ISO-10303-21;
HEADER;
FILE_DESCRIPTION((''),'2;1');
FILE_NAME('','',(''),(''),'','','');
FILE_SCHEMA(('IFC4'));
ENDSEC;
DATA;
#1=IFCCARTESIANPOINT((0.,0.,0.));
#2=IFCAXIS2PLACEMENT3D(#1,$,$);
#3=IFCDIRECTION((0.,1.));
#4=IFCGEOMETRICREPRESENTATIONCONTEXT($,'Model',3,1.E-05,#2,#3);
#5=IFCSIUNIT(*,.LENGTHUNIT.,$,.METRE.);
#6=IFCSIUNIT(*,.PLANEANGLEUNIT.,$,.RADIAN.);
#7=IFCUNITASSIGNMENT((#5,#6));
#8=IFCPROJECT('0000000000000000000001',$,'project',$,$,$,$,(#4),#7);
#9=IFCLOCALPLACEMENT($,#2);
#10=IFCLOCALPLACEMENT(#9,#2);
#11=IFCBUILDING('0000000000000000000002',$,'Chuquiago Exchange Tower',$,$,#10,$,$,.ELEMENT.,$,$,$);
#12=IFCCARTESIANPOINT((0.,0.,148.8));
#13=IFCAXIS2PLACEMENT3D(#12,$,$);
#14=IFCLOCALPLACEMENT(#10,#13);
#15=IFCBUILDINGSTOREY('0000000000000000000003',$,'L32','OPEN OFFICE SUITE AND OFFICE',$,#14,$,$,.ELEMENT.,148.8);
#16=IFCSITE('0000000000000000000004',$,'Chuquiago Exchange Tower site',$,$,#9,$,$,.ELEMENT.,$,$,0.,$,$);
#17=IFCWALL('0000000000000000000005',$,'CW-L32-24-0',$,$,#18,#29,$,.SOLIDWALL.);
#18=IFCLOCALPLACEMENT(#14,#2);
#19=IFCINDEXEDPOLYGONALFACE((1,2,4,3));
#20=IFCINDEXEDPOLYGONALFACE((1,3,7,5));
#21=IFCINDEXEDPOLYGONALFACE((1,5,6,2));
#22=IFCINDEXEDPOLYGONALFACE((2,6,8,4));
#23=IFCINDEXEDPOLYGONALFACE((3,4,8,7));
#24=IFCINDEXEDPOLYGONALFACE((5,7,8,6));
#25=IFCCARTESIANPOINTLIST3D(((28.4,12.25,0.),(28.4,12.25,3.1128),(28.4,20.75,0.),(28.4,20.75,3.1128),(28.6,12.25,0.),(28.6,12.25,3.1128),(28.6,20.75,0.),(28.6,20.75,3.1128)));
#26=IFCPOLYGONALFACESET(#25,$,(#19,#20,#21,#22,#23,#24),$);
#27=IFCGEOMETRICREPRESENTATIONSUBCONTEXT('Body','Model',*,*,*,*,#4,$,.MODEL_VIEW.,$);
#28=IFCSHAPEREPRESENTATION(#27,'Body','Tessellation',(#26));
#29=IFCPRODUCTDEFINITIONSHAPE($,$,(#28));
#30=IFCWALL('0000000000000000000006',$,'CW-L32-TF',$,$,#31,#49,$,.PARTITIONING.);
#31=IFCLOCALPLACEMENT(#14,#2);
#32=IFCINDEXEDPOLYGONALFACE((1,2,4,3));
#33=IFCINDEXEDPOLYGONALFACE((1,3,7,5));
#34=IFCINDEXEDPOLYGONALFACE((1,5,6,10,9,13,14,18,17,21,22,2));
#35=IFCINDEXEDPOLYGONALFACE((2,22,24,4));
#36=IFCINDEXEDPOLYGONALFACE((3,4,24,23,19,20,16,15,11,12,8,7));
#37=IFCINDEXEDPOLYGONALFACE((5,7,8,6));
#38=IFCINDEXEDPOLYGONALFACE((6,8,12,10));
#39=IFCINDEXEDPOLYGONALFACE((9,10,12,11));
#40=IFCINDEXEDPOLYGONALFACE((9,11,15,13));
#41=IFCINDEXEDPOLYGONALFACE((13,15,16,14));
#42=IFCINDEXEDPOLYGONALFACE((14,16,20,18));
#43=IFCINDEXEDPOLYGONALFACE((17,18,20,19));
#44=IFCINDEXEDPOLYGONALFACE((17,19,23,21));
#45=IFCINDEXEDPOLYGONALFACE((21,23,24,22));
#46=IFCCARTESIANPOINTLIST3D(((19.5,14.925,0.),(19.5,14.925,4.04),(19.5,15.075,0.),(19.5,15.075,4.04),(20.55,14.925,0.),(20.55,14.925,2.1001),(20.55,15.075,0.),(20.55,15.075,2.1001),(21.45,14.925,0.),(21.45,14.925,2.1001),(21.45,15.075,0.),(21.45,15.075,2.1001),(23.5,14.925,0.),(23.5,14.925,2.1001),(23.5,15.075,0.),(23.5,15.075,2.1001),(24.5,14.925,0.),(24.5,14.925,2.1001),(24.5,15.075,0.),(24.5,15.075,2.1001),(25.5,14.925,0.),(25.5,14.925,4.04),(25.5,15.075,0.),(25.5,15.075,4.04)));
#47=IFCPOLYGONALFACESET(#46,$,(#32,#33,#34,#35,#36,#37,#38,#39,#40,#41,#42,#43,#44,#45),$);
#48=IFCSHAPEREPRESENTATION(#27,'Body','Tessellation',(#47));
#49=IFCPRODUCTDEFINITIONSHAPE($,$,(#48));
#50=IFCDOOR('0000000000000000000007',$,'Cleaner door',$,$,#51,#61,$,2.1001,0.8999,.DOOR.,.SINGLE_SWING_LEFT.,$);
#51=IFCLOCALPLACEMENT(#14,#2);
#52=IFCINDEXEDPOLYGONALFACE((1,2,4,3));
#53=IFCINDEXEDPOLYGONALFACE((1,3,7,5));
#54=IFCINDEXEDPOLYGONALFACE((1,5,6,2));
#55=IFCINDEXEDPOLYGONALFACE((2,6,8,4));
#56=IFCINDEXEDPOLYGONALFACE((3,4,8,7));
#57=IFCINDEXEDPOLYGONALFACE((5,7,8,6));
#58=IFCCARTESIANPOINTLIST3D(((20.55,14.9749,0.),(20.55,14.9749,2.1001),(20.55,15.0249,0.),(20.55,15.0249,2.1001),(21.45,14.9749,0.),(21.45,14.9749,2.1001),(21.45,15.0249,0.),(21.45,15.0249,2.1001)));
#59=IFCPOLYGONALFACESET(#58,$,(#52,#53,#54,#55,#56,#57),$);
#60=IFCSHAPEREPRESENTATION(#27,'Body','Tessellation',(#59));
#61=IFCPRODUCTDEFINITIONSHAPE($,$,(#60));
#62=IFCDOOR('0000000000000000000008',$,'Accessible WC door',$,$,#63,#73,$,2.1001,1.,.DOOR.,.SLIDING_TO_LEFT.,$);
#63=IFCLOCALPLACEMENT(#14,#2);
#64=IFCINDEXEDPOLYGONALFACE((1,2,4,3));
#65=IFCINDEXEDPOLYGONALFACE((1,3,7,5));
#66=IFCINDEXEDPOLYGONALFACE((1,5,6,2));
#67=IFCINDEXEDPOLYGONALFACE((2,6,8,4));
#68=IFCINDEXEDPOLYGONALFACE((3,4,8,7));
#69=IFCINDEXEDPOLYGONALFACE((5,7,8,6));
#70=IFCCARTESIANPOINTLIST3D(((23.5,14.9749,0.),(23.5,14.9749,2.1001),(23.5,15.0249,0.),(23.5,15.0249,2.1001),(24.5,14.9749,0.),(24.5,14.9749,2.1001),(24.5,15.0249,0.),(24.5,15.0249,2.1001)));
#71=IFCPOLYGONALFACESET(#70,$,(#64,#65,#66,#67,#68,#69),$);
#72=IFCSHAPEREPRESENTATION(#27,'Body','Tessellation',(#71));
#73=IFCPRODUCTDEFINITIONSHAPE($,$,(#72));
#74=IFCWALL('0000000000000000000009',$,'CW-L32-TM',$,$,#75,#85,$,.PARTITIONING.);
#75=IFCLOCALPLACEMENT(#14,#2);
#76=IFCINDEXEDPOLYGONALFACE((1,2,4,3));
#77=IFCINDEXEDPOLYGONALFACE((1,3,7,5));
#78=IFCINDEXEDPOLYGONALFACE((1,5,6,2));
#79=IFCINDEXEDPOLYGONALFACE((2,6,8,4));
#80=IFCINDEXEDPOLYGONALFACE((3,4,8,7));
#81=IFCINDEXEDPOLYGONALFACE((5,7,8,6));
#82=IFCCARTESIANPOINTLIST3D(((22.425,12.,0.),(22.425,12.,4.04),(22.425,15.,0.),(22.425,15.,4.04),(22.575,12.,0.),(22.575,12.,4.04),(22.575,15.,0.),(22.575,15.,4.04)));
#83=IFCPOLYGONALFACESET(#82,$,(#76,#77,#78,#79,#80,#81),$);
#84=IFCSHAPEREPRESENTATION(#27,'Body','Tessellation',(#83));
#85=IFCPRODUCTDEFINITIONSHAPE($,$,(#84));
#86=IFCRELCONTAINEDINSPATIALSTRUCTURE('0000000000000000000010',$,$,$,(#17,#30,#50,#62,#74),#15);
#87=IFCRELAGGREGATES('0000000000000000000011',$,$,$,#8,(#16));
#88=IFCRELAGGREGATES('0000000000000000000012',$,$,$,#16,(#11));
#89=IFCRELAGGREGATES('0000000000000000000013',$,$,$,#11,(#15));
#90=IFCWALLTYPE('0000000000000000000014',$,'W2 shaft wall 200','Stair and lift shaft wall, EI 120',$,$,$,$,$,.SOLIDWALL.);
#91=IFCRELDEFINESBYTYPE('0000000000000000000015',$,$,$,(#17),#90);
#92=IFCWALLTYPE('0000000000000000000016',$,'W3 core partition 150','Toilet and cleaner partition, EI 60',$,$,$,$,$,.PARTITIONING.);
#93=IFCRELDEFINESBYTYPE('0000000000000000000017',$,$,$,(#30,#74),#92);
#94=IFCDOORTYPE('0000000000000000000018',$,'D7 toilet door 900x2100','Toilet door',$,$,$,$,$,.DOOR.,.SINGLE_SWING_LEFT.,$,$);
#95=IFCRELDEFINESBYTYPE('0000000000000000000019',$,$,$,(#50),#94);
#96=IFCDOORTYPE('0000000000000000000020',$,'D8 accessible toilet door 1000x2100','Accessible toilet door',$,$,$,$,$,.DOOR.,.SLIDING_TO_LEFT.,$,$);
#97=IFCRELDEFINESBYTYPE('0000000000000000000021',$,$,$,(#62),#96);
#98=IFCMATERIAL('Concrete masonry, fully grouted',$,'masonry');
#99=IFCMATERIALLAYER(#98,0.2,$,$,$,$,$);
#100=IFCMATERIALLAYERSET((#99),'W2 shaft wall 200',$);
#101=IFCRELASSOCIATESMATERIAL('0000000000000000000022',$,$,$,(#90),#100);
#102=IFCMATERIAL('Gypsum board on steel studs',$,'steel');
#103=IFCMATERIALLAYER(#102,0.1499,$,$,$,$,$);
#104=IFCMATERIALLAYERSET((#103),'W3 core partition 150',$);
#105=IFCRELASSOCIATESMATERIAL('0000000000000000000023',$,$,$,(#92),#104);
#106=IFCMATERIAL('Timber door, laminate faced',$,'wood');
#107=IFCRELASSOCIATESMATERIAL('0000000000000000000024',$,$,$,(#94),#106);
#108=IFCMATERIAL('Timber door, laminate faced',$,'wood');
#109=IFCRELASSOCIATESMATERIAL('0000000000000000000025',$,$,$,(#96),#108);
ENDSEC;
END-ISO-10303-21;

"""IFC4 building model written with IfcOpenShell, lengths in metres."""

from ifc_helpers import new_model, si_unit, direction, frame, frame_2d, origin, place, context, subcontext, project, spatial, rectangle, extrude, material, layer, layer_set, type_object, element, fill, save


model = new_model("IFC4")

# Units and contexts
model_context = context("Model", 3, precision=1e-05, world=origin(), true_north=direction((0.0, 1.0)))
body_context = subcontext(model_context, "Body", "Model", "MODEL_VIEW")
ifc_project = project(units=[si_unit("LENGTHUNIT", "METRE"), si_unit("PLANEANGLEUNIT", "RADIAN")], contexts=[model_context])

# Site, building, storey
site_placement = place(None, origin())
site = spatial("IfcSite", under=ifc_project, at=site_placement, Name="Chuquiago Exchange Tower site", CompositionType="ELEMENT", RefElevation=0.0)
building_placement = place(site_placement, origin())
building = spatial("IfcBuilding", under=site, at=building_placement, Name="Chuquiago Exchange Tower", CompositionType="ELEMENT")
storey_placement = place(building_placement, frame((0.0, 0.0, 148.8)))
storey = spatial("IfcBuildingStorey", under=building, at=storey_placement, Name="L32", Description="OPEN OFFICE SUITE AND OFFICE", CompositionType="ELEMENT", Elevation=148.8)

# Shared definitions
ifc_material_1 = material(Name="Concrete masonry, fully grouted", Category="masonry")
ifc_layer_1 = layer(ifc_material_1, 0.2)
ifc_layer_set_1 = layer_set([ifc_layer_1], Name="W2 shaft wall 200")
wall_type_1 = type_object("IfcWallType", Name="W2 shaft wall 200", Description="Stair and lift shaft wall, EI 120", PredefinedType="SOLIDWALL", material=ifc_layer_set_1)

# Wall
wall_1_placement = place(storey_placement, frame((28.5, 12.25, 0.0), z_axis=(0.0, 0.0, 1.0), x_axis=(0.0, 1.0, 0.0)))
element("IfcWall", 1, at=wall_1_placement, inside=storey, type_object=wall_type_1, Name="CW-L32-24-0", PredefinedType="SOLIDWALL", context=body_context, shape_type="SweptSolid", body=[
    extrude(rectangle(XDim=8.5, YDim=0.2, at=frame_2d((4.25, 0.0))), origin(), (0.0, 0.0, 1.0), 3.1128),
])

# Wall, openings, doors
ifc_material_2 = material(Name="Gypsum board on steel studs", Category="steel")
ifc_layer_2 = layer(ifc_material_2, 0.1499)
ifc_layer_set_2 = layer_set([ifc_layer_2], Name="W3 core partition 150")
wall_type_2 = type_object("IfcWallType", Name="W3 core partition 150", Description="Toilet and cleaner partition, EI 60", PredefinedType="PARTITIONING", material=ifc_layer_set_2)
wall_2_placement = place(storey_placement, frame((19.5, 15.0, 0.0), z_axis=(0.0, 0.0, 1.0), x_axis=(1.0, 0.0, 0.0)))
wall_2 = element("IfcWall", 2, at=wall_2_placement, inside=storey, type_object=wall_type_2, Name="CW-L32-TF", PredefinedType="PARTITIONING", context=body_context, shape_type="SweptSolid", body=[
    extrude(rectangle(XDim=6.0, YDim=0.1499, at=frame_2d((3.0, 0.0))), origin(), (0.0, 0.0, 1.0), 4.04),
])
opening_1_placement = place(wall_2_placement, frame((4.0, 0.0, 0.0)))
opening_1 = element("IfcOpeningElement", 3, at=opening_1_placement, cuts=wall_2, PredefinedType="OPENING", context=body_context, shape_type="SweptSolid", body=[
    extrude(rectangle(XDim=1.0, YDim=2.1001, at=frame_2d((0.5, 1.05))), frame((0.0, 0.085, 0.0), z_axis=(0.0, -1.0, 0.0), x_axis=(1.0, 0.0, 0.0)), (0.0, 0.0, 1.0), 0.1699),
])
opening_2_placement = place(wall_2_placement, frame((1.05, 0.0, 0.0)))
opening_2 = element("IfcOpeningElement", 4, at=opening_2_placement, cuts=wall_2, PredefinedType="OPENING", context=body_context, shape_type="SweptSolid", body=[
    extrude(rectangle(XDim=0.8999, YDim=2.1001, at=frame_2d((0.45, 1.05))), frame((0.0, 0.085, 0.0), z_axis=(0.0, -1.0, 0.0), x_axis=(1.0, 0.0, 0.0)), (0.0, 0.0, 1.0), 0.1699),
])
ifc_material_3 = material(Name="Timber door, laminate faced", Category="wood")
door_type_1 = type_object("IfcDoorType", Name="D7 toilet door 900x2100", Description="Toilet door", OperationType="SINGLE_SWING_LEFT", PredefinedType="DOOR", material=ifc_material_3)
door_1_placement = place(opening_2_placement, origin())
door_1 = element("IfcDoor", 5, at=door_1_placement, inside=storey, type_object=door_type_1, Name="Cleaner door", OperationType="SINGLE_SWING_LEFT", OverallHeight=2.1001, OverallWidth=0.8999, PredefinedType="DOOR", context=body_context, shape_type="SweptSolid", body=[
    extrude(rectangle(XDim=0.8999, YDim=2.1001, at=frame_2d((0.45, 1.05))), frame((0.0, 0.0249, 0.0), z_axis=(0.0, -1.0, 0.0), x_axis=(1.0, 0.0, 0.0)), (0.0, 0.0, 1.0), 0.05),
])
fill(opening_2, door_1)
ifc_material_4 = material(Name="Timber door, laminate faced", Category="wood")
door_type_2 = type_object("IfcDoorType", Name="D8 accessible toilet door 1000x2100", Description="Accessible toilet door", OperationType="SLIDING_TO_LEFT", PredefinedType="DOOR", material=ifc_material_4)
door_2_placement = place(opening_1_placement, origin())
door_2 = element("IfcDoor", 6, at=door_2_placement, inside=storey, type_object=door_type_2, Name="Accessible WC door", OperationType="SLIDING_TO_LEFT", OverallHeight=2.1001, OverallWidth=1.0, PredefinedType="DOOR", context=body_context, shape_type="SweptSolid", body=[
    extrude(rectangle(XDim=1.0, YDim=2.1001, at=frame_2d((0.5, 1.05))), frame((0.0, 0.0249, 0.0), z_axis=(0.0, -1.0, 0.0), x_axis=(1.0, 0.0, 0.0)), (0.0, 0.0, 1.0), 0.05),
])
fill(opening_1, door_2)

# Wall
wall_3_placement = place(storey_placement, frame((22.5, 15.0, 0.0), z_axis=(0.0, 0.0, 1.0), x_axis=(0.0, -1.0, 0.0)))
element("IfcWall", 7, at=wall_3_placement, inside=storey, type_object=wall_type_2, Name="CW-L32-TM", PredefinedType="PARTITIONING", context=body_context, shape_type="SweptSolid", body=[
    extrude(rectangle(XDim=3.0, YDim=0.1499, at=frame_2d((1.5, 0.0))), origin(), (0.0, 0.0, 1.0), 4.04),
])

save(model, "model.ifc")
